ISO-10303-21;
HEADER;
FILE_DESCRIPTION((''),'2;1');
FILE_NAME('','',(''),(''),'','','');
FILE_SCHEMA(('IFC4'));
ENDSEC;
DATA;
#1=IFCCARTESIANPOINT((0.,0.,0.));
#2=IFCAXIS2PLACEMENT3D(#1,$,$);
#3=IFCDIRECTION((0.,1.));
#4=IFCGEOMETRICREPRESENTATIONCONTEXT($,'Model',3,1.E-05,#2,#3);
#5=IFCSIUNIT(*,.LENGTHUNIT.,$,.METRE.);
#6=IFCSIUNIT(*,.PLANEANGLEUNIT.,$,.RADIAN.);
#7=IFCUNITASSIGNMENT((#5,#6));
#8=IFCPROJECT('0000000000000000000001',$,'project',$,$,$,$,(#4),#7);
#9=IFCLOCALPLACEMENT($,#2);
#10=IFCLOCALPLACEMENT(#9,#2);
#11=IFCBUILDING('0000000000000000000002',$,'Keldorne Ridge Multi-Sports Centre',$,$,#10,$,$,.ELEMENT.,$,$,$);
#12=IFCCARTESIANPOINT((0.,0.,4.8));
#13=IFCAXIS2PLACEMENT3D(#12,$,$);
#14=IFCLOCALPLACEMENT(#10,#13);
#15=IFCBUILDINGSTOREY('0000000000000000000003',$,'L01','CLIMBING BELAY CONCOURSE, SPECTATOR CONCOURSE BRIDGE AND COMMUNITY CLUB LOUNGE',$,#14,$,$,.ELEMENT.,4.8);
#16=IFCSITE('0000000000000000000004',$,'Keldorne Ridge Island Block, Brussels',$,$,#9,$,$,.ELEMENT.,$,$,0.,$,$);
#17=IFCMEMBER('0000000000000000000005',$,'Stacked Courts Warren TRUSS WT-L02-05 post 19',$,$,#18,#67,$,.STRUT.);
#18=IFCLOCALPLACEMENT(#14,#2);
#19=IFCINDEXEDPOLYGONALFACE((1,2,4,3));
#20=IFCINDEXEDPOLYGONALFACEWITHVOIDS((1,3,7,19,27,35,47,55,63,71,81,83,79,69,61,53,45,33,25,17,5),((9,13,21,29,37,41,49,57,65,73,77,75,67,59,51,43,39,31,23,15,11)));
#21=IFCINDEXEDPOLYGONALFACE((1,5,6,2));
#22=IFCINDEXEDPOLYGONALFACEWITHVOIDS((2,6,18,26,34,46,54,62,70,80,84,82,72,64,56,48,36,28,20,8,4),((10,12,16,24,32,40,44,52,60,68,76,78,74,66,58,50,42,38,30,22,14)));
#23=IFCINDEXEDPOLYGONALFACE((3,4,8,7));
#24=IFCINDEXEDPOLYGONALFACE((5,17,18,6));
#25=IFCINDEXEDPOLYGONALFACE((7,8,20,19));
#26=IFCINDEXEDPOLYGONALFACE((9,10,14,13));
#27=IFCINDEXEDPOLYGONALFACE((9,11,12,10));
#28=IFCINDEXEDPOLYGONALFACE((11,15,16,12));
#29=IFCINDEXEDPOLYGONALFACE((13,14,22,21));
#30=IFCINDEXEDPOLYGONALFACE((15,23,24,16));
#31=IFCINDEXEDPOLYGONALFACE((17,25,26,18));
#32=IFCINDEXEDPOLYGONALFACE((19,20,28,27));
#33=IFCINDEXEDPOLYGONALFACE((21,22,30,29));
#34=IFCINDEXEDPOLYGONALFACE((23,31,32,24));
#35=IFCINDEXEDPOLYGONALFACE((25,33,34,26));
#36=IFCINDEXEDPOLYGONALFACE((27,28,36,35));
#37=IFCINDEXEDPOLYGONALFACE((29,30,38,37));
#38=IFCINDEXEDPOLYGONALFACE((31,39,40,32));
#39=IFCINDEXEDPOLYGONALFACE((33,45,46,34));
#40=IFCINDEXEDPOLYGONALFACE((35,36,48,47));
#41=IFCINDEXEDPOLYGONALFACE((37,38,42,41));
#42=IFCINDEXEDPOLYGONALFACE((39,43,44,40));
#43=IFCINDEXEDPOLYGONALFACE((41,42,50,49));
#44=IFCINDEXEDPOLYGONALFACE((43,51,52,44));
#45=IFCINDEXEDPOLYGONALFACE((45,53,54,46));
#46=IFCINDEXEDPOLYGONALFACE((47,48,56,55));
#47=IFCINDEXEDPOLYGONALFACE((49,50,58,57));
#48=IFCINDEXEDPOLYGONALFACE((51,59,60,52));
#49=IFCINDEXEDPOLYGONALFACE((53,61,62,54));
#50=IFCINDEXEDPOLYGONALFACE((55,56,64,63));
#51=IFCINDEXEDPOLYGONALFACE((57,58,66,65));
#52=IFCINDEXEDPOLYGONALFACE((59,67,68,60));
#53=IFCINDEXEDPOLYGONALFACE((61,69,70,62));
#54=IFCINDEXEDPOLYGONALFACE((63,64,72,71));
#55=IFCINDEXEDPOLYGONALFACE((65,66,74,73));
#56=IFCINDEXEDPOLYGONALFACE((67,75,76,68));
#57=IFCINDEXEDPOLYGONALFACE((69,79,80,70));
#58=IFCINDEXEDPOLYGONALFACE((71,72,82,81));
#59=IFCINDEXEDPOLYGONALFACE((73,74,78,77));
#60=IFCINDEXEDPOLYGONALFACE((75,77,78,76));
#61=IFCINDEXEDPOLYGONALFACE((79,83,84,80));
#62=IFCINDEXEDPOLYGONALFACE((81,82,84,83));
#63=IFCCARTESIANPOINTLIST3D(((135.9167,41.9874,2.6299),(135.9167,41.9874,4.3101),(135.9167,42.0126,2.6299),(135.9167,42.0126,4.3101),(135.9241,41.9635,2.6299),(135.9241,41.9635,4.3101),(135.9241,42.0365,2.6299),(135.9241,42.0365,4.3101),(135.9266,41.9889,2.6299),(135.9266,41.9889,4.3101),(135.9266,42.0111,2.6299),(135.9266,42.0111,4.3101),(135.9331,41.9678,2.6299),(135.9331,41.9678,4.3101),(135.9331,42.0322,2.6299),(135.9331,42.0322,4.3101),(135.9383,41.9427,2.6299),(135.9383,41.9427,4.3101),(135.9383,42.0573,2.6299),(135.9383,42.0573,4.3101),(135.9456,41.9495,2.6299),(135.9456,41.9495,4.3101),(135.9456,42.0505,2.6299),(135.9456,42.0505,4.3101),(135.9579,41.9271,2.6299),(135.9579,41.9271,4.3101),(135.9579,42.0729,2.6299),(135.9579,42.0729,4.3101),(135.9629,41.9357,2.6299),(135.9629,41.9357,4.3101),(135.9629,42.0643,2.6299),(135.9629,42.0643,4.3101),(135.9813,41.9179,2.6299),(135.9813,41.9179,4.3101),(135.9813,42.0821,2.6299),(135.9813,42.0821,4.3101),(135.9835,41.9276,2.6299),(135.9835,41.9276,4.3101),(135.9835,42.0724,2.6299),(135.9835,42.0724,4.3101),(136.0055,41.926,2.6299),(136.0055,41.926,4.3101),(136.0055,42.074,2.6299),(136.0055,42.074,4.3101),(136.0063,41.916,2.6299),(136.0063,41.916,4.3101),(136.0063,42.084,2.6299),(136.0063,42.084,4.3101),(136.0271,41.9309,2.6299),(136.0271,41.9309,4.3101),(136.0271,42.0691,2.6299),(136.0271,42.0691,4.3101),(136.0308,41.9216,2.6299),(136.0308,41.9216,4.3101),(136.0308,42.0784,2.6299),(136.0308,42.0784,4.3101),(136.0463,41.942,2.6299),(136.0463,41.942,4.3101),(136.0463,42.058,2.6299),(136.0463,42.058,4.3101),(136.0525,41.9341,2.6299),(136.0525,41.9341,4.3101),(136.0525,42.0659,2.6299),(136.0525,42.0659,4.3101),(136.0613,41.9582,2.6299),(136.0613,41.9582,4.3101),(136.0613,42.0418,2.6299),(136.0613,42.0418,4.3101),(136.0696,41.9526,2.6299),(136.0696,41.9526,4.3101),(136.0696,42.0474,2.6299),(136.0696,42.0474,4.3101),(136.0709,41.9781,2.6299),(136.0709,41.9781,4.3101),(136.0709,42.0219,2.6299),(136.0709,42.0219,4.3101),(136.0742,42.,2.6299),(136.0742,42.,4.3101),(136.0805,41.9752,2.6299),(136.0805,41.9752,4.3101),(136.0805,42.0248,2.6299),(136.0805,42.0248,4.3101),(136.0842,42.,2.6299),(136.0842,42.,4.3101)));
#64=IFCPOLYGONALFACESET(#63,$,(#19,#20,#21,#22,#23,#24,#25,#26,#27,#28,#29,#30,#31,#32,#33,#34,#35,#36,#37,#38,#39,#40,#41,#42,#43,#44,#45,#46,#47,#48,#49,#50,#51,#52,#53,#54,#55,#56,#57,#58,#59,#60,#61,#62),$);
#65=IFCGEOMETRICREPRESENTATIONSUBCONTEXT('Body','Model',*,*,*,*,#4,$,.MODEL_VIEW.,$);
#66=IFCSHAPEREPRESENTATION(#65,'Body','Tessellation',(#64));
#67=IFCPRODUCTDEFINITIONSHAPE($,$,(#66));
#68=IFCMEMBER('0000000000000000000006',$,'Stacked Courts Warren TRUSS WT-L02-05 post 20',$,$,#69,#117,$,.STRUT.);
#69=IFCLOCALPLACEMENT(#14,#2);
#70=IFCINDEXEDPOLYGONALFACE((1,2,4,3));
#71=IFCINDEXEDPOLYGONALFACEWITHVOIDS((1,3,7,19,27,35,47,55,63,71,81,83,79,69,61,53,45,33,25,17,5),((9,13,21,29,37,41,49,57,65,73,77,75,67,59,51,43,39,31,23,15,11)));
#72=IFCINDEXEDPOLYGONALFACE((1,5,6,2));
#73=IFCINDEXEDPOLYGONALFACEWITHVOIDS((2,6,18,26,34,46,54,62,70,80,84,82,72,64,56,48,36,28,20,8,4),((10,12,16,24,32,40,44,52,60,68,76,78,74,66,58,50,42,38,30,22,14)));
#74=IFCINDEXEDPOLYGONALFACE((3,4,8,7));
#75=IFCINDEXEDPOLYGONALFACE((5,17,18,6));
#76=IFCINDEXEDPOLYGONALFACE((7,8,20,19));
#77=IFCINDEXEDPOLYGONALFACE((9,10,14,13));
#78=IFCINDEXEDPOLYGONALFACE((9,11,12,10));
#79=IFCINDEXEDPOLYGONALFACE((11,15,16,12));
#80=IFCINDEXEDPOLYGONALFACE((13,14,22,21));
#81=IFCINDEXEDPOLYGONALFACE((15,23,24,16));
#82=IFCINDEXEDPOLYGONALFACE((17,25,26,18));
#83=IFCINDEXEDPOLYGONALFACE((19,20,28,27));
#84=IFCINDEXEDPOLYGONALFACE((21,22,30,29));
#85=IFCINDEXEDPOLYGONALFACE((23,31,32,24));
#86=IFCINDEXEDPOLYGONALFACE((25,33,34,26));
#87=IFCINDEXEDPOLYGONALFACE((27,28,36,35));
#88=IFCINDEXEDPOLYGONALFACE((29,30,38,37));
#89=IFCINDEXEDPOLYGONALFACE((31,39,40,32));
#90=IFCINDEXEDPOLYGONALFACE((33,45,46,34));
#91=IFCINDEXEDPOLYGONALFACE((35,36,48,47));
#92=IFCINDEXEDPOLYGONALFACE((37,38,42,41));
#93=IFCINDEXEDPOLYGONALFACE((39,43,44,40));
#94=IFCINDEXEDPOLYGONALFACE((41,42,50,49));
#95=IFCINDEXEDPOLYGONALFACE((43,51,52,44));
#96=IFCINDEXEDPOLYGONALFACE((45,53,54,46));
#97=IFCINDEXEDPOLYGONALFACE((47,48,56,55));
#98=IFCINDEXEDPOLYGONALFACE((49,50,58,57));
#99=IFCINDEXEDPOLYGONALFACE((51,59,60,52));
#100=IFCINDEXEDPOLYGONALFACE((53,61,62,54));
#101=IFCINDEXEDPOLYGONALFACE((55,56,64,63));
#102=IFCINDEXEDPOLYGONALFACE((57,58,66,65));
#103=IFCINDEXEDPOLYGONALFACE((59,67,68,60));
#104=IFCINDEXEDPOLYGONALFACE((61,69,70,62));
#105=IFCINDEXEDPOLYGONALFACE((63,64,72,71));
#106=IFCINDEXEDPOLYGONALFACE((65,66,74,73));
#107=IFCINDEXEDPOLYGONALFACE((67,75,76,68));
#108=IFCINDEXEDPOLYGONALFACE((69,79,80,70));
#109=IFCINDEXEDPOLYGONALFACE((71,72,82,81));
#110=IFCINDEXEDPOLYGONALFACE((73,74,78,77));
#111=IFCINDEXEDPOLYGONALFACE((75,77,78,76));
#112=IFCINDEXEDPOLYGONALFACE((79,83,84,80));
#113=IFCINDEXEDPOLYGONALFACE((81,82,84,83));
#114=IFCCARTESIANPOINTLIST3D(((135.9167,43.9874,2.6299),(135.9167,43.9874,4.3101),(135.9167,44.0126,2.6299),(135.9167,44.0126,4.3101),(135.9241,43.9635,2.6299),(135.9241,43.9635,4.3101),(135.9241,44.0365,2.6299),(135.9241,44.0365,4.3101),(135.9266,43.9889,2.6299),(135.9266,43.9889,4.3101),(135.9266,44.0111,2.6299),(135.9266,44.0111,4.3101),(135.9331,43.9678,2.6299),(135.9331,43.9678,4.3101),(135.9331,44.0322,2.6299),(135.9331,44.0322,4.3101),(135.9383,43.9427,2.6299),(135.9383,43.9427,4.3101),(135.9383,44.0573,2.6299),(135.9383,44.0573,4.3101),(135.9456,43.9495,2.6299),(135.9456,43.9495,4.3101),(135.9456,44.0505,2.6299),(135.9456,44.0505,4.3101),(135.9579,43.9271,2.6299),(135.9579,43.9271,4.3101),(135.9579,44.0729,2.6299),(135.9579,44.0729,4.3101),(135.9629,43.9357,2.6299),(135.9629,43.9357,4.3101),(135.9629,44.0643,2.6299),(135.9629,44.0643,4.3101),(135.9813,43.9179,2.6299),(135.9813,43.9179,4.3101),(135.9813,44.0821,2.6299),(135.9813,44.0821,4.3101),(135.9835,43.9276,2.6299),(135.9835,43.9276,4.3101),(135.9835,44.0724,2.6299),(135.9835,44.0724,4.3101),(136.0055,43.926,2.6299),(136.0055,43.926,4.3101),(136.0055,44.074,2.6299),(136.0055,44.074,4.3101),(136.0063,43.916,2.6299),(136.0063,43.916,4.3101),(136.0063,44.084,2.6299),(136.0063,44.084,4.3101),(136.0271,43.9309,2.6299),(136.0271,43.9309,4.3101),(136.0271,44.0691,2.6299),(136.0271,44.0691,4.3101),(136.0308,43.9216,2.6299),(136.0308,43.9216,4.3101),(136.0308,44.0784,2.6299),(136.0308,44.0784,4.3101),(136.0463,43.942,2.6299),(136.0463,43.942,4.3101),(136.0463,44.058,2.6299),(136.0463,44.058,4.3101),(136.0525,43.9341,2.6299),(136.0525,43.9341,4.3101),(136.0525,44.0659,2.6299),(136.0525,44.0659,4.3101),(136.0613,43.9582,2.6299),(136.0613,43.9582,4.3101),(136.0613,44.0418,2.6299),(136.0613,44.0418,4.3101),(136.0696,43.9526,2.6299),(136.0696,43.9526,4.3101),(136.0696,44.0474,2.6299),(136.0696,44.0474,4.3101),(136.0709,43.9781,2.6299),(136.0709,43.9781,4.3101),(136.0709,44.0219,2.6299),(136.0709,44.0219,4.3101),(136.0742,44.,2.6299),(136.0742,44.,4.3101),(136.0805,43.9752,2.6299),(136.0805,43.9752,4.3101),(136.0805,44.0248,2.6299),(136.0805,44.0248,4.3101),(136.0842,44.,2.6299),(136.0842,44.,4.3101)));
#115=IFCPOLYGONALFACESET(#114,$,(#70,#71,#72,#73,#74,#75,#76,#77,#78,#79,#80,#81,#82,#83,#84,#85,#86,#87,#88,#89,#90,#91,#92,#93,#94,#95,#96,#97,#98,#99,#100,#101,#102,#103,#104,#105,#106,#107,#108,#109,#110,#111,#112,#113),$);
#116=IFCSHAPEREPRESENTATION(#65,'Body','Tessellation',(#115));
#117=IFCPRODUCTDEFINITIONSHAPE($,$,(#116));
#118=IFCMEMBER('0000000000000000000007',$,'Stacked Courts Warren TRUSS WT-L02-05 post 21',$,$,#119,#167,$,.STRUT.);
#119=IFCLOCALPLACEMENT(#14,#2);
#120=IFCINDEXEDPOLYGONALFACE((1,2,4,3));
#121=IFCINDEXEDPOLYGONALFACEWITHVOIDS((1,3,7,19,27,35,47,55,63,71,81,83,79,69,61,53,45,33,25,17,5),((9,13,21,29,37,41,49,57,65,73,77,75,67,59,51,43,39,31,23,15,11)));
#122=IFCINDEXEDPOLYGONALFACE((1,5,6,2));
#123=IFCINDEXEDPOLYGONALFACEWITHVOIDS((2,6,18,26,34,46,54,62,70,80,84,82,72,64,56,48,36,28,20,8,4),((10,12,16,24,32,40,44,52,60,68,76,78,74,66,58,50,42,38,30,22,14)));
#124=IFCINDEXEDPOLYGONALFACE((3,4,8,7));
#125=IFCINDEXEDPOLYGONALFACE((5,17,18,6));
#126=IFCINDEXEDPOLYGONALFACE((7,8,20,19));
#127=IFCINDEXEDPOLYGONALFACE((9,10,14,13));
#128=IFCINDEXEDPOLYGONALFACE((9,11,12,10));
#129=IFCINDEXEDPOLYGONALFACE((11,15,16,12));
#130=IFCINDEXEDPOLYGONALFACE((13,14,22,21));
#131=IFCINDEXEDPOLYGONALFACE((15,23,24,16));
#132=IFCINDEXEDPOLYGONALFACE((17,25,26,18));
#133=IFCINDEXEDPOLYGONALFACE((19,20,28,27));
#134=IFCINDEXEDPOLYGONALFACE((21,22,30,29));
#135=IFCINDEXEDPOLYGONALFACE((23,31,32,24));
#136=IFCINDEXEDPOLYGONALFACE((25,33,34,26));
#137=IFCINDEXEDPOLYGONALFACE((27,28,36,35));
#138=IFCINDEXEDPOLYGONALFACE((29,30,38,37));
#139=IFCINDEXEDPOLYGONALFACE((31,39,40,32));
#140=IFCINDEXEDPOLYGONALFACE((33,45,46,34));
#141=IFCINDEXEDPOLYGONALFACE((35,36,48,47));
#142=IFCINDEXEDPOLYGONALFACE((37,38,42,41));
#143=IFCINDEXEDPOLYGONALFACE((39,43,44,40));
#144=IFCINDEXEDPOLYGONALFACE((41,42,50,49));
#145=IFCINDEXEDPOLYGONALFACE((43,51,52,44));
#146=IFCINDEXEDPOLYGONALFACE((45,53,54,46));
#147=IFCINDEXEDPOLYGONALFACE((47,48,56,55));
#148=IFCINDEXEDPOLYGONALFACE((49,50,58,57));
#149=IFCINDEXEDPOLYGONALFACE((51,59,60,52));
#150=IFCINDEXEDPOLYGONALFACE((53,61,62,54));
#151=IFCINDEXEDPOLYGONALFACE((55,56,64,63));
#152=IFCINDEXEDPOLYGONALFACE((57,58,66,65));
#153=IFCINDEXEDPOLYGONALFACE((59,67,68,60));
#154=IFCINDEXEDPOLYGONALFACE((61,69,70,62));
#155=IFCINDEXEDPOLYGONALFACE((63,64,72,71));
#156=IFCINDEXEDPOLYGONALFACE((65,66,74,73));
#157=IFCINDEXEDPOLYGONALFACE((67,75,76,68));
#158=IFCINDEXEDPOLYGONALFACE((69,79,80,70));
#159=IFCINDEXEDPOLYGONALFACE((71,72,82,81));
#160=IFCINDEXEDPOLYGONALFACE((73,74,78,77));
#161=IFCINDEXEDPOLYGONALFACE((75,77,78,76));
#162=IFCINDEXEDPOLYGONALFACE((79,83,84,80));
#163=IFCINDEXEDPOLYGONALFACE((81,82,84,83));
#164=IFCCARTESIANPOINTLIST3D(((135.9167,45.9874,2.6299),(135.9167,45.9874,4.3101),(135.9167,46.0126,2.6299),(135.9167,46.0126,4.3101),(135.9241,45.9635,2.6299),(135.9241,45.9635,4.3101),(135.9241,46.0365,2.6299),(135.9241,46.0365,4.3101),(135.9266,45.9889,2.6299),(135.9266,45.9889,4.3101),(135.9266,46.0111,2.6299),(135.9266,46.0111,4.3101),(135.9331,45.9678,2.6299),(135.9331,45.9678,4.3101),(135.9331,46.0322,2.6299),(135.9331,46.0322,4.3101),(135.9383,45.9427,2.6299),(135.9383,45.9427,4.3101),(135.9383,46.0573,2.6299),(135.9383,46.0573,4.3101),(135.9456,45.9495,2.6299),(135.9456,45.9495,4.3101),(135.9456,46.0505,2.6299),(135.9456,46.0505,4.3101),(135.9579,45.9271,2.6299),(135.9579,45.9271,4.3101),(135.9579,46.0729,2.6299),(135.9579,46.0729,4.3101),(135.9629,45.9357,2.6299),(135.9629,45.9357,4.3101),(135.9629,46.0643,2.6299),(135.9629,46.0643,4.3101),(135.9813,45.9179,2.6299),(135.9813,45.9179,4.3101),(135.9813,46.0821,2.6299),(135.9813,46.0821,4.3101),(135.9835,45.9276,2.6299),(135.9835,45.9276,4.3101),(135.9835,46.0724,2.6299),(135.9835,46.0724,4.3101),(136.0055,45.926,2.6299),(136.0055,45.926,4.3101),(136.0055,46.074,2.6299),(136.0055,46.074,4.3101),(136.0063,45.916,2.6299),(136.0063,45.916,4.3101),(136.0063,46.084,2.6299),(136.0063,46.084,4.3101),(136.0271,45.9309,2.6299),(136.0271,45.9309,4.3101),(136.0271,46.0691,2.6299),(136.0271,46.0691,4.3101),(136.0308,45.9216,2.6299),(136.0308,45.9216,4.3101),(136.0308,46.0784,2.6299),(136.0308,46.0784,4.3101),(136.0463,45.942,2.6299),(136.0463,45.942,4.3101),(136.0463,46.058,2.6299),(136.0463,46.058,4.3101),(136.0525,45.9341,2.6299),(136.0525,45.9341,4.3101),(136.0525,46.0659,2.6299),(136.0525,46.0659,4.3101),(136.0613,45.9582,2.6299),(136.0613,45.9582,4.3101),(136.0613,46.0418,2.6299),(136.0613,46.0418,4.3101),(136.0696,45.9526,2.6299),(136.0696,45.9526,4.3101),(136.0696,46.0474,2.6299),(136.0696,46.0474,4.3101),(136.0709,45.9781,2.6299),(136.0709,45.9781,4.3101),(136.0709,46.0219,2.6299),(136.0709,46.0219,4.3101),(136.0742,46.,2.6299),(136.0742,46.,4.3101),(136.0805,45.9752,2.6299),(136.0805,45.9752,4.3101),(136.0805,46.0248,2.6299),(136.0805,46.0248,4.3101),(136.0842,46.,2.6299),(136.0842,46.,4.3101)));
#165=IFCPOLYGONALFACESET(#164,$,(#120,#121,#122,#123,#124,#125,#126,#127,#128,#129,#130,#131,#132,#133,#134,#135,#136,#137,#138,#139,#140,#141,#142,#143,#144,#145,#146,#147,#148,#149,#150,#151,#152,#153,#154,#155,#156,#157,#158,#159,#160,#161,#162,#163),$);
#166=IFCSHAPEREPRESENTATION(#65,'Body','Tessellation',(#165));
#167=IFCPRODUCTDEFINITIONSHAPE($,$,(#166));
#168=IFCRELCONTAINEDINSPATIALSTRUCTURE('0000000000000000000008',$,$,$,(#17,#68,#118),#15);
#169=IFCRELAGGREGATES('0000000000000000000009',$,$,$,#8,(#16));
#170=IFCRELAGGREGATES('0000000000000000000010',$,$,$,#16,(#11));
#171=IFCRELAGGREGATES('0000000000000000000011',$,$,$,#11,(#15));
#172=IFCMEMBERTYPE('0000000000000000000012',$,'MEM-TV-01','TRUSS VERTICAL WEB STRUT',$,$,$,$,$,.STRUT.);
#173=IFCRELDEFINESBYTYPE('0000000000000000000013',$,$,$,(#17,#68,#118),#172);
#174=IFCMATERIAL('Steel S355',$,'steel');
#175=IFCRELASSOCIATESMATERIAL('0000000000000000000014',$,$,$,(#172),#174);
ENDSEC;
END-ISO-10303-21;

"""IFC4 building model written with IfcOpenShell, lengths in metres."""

from ifc_helpers import new_model, si_unit, direction, frame, origin, origin_2d, place, context, subcontext, project, spatial, hollow_circle, extrude, material, material_profile, profile_set, type_object, element, save


model = new_model("IFC4")

# Units and contexts
model_context = context("Model", 3, precision=1e-05, world=origin(), true_north=direction((0.0, 1.0)))
body_context = subcontext(model_context, "Body", "Model", "MODEL_VIEW")
ifc_project = project(units=[si_unit("LENGTHUNIT", "METRE"), si_unit("PLANEANGLEUNIT", "RADIAN")], contexts=[model_context])

# Site, building, storey
site_placement = place(None, origin())
site = spatial("IfcSite", under=ifc_project, at=site_placement, Name="Keldorne Ridge Island Block, Brussels", CompositionType="ELEMENT", RefElevation=0.0)
building_placement = place(site_placement, origin())
building = spatial("IfcBuilding", under=site, at=building_placement, Name="Keldorne Ridge Multi-Sports Centre", CompositionType="ELEMENT")
storey_placement = place(building_placement, frame((0.0, 0.0, 4.8)))
storey = spatial("IfcBuildingStorey", under=building, at=storey_placement, Name="L01", Description="CLIMBING BELAY CONCOURSE, SPECTATOR CONCOURSE BRIDGE AND COMMUNITY CLUB LOUNGE", CompositionType="ELEMENT", Elevation=4.8)

# Members
ifc_material = material(Name="Steel S355", Category="steel")
ifc_material_profile_1 = material_profile(ifc_material, hollow_circle(Radius=0.0842, WallThickness=0.01, at=origin_2d()), Name="CHS 168.3x10")
ifc_profile_set_1 = profile_set([ifc_material_profile_1], Name="Steel S355")
member_type_1 = type_object("IfcMemberType", Name="MEM-TV-01", Description="TRUSS VERTICAL WEB STRUT", PredefinedType="STRUT", material=ifc_profile_set_1)
for number, where, z_axis, x_axis, name in (
    (1, (136.0, 42.0, 2.6299), (0.0, 0.0, 1.0), (1.0, 0.0, 0.0), "Stacked Courts Warren TRUSS WT-L02-05 post 19"),
    (2, (136.0, 44.0, 2.6299), (0.0, 0.0, 1.0), (1.0, 0.0, 0.0), "Stacked Courts Warren TRUSS WT-L02-05 post 20"),
    (3, (136.0, 46.0, 2.6299), (0.0, 0.0, 1.0), (1.0, 0.0, 0.0), "Stacked Courts Warren TRUSS WT-L02-05 post 21"),
):
    element("IfcMember", number, at=place(storey_placement, frame(where, z_axis=z_axis, x_axis=x_axis)), inside=storey, type_object=member_type_1, Name=name, PredefinedType="STRUT", context=body_context, shape_type="SweptSolid", body=[
        extrude(hollow_circle(Radius=0.0842, WallThickness=0.01, at=origin_2d()), origin(), (0.0, 0.0, 1.0), 1.6802),
    ])

save(model, "model.ifc")
